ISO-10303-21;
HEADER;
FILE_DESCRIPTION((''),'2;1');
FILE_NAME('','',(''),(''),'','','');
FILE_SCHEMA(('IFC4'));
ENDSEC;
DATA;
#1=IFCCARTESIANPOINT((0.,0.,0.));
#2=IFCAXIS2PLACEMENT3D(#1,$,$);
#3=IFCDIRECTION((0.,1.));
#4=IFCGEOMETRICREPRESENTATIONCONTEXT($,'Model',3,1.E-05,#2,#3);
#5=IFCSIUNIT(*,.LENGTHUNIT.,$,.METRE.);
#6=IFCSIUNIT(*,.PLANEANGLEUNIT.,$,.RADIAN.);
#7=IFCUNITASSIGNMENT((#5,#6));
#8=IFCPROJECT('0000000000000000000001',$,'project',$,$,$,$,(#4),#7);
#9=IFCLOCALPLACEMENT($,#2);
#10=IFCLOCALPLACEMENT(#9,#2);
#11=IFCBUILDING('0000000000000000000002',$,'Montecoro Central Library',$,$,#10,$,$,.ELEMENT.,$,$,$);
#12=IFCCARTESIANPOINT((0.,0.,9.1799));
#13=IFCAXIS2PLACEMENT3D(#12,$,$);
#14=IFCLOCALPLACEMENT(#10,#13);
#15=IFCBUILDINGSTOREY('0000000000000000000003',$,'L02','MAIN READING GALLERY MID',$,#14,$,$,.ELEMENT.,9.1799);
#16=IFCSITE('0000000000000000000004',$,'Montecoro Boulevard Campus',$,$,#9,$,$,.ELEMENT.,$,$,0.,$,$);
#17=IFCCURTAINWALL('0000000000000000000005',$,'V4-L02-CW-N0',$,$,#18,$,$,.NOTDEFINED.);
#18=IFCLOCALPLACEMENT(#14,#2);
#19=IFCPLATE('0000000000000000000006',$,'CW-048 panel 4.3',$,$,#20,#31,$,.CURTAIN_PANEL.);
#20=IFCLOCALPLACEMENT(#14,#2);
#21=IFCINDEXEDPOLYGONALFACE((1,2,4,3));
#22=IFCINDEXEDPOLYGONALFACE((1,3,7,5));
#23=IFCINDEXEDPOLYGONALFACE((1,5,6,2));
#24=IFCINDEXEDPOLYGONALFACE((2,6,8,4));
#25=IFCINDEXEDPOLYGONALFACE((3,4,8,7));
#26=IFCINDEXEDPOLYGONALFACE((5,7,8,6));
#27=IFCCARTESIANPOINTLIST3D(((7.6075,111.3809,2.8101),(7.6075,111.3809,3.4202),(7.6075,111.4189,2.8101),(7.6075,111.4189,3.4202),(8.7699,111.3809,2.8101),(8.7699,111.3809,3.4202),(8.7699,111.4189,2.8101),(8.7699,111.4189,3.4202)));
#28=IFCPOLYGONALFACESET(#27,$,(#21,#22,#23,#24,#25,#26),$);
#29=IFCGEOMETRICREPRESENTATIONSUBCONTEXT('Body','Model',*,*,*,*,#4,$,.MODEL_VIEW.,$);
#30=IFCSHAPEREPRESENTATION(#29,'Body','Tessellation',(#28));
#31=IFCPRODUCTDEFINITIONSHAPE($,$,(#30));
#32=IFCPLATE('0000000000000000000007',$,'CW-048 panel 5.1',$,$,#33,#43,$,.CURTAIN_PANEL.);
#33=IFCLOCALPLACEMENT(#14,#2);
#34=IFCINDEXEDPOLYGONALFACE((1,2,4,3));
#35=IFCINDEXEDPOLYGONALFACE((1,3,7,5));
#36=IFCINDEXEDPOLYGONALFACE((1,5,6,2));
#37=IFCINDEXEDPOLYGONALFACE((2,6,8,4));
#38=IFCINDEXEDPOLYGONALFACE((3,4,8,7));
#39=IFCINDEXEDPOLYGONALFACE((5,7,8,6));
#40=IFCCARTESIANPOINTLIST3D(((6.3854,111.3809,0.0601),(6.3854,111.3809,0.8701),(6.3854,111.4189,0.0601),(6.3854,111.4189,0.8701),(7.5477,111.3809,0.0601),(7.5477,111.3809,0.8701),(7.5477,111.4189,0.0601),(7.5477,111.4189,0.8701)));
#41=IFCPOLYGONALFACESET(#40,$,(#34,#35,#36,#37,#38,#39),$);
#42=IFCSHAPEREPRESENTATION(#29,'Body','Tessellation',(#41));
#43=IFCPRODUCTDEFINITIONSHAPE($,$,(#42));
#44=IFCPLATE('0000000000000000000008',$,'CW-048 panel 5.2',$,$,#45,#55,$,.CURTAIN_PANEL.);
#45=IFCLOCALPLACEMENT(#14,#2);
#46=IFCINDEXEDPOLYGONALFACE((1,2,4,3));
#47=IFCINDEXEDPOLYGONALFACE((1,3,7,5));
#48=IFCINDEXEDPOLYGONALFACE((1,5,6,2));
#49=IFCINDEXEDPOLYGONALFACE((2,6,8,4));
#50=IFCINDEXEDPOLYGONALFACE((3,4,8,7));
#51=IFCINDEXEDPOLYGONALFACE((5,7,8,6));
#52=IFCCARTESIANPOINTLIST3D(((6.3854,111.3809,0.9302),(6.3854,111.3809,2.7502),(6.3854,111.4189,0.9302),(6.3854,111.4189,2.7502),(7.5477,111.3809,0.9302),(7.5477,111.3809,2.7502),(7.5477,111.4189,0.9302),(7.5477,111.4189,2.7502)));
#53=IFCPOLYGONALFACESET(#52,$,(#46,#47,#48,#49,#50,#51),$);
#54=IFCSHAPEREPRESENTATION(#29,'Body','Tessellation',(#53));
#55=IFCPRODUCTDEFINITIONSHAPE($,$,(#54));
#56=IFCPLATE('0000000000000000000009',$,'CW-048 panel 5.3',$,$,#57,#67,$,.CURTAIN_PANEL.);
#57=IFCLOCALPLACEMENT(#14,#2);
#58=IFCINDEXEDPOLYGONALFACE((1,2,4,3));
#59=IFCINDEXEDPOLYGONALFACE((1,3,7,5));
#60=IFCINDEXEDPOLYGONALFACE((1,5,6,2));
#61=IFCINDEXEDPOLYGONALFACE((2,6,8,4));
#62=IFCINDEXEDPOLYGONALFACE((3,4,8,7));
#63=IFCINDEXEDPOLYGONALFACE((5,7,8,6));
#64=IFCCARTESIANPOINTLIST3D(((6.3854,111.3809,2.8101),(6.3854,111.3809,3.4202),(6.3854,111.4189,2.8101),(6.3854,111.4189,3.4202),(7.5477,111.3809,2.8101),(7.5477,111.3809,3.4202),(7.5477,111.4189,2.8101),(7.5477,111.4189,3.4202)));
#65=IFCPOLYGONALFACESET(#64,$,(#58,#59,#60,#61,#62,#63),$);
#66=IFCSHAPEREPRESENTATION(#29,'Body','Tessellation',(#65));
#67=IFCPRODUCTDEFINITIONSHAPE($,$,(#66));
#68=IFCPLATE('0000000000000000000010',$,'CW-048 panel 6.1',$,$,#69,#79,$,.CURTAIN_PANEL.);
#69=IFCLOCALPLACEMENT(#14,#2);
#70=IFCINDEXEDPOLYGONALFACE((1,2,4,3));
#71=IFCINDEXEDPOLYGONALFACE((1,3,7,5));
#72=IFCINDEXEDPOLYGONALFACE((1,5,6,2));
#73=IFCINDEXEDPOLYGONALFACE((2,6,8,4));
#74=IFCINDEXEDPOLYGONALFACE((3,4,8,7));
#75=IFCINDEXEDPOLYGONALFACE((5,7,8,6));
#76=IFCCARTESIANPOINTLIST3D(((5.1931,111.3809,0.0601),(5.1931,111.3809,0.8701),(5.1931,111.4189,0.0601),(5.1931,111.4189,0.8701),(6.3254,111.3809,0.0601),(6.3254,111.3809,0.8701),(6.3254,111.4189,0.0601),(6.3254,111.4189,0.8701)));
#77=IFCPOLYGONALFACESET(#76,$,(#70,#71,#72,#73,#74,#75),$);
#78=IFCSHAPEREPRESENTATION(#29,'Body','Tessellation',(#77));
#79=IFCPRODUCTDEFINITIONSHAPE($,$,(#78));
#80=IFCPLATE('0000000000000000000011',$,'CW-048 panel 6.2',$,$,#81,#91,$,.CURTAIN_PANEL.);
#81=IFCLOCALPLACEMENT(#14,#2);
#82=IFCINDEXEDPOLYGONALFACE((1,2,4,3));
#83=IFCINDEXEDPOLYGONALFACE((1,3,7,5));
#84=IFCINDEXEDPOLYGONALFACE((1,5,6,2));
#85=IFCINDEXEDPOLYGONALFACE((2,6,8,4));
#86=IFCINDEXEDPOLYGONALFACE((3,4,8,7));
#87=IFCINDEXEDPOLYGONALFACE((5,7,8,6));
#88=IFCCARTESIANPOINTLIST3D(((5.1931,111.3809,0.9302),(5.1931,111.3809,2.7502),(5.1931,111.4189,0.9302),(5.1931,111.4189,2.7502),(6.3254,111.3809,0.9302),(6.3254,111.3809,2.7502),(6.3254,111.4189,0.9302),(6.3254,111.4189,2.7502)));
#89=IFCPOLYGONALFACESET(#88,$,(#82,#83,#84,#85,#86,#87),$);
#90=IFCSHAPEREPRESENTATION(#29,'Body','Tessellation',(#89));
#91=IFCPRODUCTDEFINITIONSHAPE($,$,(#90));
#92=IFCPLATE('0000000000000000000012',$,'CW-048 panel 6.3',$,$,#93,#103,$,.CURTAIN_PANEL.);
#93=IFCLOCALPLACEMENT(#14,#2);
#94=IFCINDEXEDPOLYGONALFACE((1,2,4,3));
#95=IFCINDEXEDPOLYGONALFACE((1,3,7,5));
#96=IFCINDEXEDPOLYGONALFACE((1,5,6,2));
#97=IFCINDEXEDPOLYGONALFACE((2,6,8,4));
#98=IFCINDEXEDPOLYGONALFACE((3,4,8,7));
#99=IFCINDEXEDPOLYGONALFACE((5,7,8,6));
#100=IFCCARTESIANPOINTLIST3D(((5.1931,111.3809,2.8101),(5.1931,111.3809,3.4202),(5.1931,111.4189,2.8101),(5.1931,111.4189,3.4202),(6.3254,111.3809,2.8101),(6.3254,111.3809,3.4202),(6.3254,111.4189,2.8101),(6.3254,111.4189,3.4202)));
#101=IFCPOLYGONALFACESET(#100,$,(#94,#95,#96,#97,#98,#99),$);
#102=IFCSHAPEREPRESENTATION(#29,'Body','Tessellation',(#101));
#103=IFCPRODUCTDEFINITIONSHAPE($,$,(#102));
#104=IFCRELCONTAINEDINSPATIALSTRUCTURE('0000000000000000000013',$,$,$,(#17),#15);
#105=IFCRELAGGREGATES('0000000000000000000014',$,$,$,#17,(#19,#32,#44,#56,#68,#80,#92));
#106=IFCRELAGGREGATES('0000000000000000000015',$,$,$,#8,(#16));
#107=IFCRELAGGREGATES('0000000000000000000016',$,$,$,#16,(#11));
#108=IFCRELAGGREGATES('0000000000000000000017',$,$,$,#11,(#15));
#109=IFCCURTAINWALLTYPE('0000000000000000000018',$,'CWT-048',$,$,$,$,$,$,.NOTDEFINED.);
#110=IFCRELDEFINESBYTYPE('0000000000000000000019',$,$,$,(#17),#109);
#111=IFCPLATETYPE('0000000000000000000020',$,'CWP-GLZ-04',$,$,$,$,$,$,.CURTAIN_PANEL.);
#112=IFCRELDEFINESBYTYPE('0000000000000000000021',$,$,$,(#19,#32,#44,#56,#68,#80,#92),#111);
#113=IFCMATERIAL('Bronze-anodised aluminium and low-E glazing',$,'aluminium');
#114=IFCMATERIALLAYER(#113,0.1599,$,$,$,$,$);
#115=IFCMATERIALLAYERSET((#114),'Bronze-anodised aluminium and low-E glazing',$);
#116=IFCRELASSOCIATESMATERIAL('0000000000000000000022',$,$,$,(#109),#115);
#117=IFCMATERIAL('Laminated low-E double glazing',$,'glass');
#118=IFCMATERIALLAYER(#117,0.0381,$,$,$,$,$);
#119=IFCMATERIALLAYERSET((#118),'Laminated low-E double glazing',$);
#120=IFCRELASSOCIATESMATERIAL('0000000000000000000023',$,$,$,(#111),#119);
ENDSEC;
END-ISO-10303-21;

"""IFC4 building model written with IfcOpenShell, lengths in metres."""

from ifc_helpers import new_model, si_unit, direction, frame, origin, origin_2d, place, context, subcontext, project, spatial, rectangle, extrude, material, layer, layer_set, type_object, element, aggregate, save


model = new_model("IFC4")

# Units and contexts
model_context = context("Model", 3, precision=1e-05, world=origin(), true_north=direction((0.0, 1.0)))
body_context = subcontext(model_context, "Body", "Model", "MODEL_VIEW")
ifc_project = project(units=[si_unit("LENGTHUNIT", "METRE"), si_unit("PLANEANGLEUNIT", "RADIAN")], contexts=[model_context])

# Site, building, storey
site_placement = place(None, origin())
site = spatial("IfcSite", under=ifc_project, at=site_placement, Name="Montecoro Boulevard Campus", CompositionType="ELEMENT", RefElevation=0.0)
building_placement = place(site_placement, origin())
building = spatial("IfcBuilding", under=site, at=building_placement, Name="Montecoro Central Library", CompositionType="ELEMENT")
storey_placement = place(building_placement, frame((0.0, 0.0, 9.1799)))
storey = spatial("IfcBuildingStorey", under=building, at=storey_placement, Name="L02", Description="MAIN READING GALLERY MID", CompositionType="ELEMENT", Elevation=9.1799)

# Curtain wall
ifc_material_1 = material(Name="Bronze-anodised aluminium and low-E glazing", Category="aluminium")
ifc_layer_1 = layer(ifc_material_1, 0.1599)
ifc_layer_set_1 = layer_set([ifc_layer_1], Name="Bronze-anodised aluminium and low-E glazing")
curtain_wall_type_1 = type_object("IfcCurtainWallType", Name="CWT-048", PredefinedType="NOTDEFINED", material=ifc_layer_set_1)
curtain_wall_1_placement = place(storey_placement, origin())
curtain_wall_1 = element("IfcCurtainWall", 1, at=curtain_wall_1_placement, inside=storey, type_object=curtain_wall_type_1, Name="V4-L02-CW-N0", PredefinedType="NOTDEFINED")

# Plates
ifc_material_2 = material(Name="Laminated low-E double glazing", Category="glass")
ifc_layer_2 = layer(ifc_material_2, 0.0381)
ifc_layer_set_2 = layer_set([ifc_layer_2], Name="Laminated low-E double glazing")
plate_type = type_object("IfcPlateType", Name="CWP-GLZ-04", PredefinedType="CURTAIN_PANEL", material=ifc_layer_set_2)
plate_1_placement = place(storey_placement, frame((8.1887, 111.3999, 2.8101), z_axis=(0.0, 0.0, 1.0), x_axis=(-1.0, 0.0, 0.0)))
plate_1 = element("IfcPlate", 2, at=plate_1_placement, type_object=plate_type, Name="CW-048 panel 4.3", PredefinedType="CURTAIN_PANEL", context=body_context, shape_type="SweptSolid", body=[
    extrude(rectangle(XDim=1.1624, YDim=0.0381, at=origin_2d()), origin(), (0.0, 0.0, 1.0), 0.6101),
])
plate_2_placement = place(storey_placement, frame((6.9666, 111.3999, 0.0601), z_axis=(0.0, 0.0, 1.0), x_axis=(-1.0, 0.0, 0.0)))
plate_2 = element("IfcPlate", 3, at=plate_2_placement, type_object=plate_type, Name="CW-048 panel 5.1", PredefinedType="CURTAIN_PANEL", context=body_context, shape_type="SweptSolid", body=[
    extrude(rectangle(XDim=1.1624, YDim=0.0381, at=origin_2d()), origin(), (0.0, 0.0, 1.0), 0.8101),
])
plate_3_placement = place(storey_placement, frame((6.9666, 111.3999, 0.9302), z_axis=(0.0, 0.0, 1.0), x_axis=(-1.0, 0.0, 0.0)))
plate_3 = element("IfcPlate", 4, at=plate_3_placement, type_object=plate_type, Name="CW-048 panel 5.2", PredefinedType="CURTAIN_PANEL", context=body_context, shape_type="SweptSolid", body=[
    extrude(rectangle(XDim=1.1624, YDim=0.0381, at=origin_2d()), origin(), (0.0, 0.0, 1.0), 1.8201),
])
plate_4_placement = place(storey_placement, frame((6.9666, 111.3999, 2.8101), z_axis=(0.0, 0.0, 1.0), x_axis=(-1.0, 0.0, 0.0)))
plate_4 = element("IfcPlate", 5, at=plate_4_placement, type_object=plate_type, Name="CW-048 panel 5.3", PredefinedType="CURTAIN_PANEL", context=body_context, shape_type="SweptSolid", body=[
    extrude(rectangle(XDim=1.1624, YDim=0.0381, at=origin_2d()), origin(), (0.0, 0.0, 1.0), 0.6101),
])
plate_5_placement = place(storey_placement, frame((5.7593, 111.3999, 0.0601), z_axis=(0.0, 0.0, 1.0), x_axis=(-1.0, 0.0, 0.0)))
plate_5 = element("IfcPlate", 6, at=plate_5_placement, type_object=plate_type, Name="CW-048 panel 6.1", PredefinedType="CURTAIN_PANEL", context=body_context, shape_type="SweptSolid", body=[
    extrude(rectangle(XDim=1.1323, YDim=0.0381, at=origin_2d()), origin(), (0.0, 0.0, 1.0), 0.8101),
])
plate_6_placement = place(storey_placement, frame((5.7593, 111.3999, 0.9302), z_axis=(0.0, 0.0, 1.0), x_axis=(-1.0, 0.0, 0.0)))
plate_6 = element("IfcPlate", 7, at=plate_6_placement, type_object=plate_type, Name="CW-048 panel 6.2", PredefinedType="CURTAIN_PANEL", context=body_context, shape_type="SweptSolid", body=[
    extrude(rectangle(XDim=1.1323, YDim=0.0381, at=origin_2d()), origin(), (0.0, 0.0, 1.0), 1.8201),
])
plate_7_placement = place(storey_placement, frame((5.7593, 111.3999, 2.8101), z_axis=(0.0, 0.0, 1.0), x_axis=(-1.0, 0.0, 0.0)))
plate_7 = element("IfcPlate", 8, at=plate_7_placement, type_object=plate_type, Name="CW-048 panel 6.3", PredefinedType="CURTAIN_PANEL", context=body_context, shape_type="SweptSolid", body=[
    extrude(rectangle(XDim=1.1323, YDim=0.0381, at=origin_2d()), origin(), (0.0, 0.0, 1.0), 0.6101),
])
aggregate(curtain_wall_1, [plate_1, plate_2, plate_3, plate_4, plate_5, plate_6, plate_7])

save(model, "model.ifc")
